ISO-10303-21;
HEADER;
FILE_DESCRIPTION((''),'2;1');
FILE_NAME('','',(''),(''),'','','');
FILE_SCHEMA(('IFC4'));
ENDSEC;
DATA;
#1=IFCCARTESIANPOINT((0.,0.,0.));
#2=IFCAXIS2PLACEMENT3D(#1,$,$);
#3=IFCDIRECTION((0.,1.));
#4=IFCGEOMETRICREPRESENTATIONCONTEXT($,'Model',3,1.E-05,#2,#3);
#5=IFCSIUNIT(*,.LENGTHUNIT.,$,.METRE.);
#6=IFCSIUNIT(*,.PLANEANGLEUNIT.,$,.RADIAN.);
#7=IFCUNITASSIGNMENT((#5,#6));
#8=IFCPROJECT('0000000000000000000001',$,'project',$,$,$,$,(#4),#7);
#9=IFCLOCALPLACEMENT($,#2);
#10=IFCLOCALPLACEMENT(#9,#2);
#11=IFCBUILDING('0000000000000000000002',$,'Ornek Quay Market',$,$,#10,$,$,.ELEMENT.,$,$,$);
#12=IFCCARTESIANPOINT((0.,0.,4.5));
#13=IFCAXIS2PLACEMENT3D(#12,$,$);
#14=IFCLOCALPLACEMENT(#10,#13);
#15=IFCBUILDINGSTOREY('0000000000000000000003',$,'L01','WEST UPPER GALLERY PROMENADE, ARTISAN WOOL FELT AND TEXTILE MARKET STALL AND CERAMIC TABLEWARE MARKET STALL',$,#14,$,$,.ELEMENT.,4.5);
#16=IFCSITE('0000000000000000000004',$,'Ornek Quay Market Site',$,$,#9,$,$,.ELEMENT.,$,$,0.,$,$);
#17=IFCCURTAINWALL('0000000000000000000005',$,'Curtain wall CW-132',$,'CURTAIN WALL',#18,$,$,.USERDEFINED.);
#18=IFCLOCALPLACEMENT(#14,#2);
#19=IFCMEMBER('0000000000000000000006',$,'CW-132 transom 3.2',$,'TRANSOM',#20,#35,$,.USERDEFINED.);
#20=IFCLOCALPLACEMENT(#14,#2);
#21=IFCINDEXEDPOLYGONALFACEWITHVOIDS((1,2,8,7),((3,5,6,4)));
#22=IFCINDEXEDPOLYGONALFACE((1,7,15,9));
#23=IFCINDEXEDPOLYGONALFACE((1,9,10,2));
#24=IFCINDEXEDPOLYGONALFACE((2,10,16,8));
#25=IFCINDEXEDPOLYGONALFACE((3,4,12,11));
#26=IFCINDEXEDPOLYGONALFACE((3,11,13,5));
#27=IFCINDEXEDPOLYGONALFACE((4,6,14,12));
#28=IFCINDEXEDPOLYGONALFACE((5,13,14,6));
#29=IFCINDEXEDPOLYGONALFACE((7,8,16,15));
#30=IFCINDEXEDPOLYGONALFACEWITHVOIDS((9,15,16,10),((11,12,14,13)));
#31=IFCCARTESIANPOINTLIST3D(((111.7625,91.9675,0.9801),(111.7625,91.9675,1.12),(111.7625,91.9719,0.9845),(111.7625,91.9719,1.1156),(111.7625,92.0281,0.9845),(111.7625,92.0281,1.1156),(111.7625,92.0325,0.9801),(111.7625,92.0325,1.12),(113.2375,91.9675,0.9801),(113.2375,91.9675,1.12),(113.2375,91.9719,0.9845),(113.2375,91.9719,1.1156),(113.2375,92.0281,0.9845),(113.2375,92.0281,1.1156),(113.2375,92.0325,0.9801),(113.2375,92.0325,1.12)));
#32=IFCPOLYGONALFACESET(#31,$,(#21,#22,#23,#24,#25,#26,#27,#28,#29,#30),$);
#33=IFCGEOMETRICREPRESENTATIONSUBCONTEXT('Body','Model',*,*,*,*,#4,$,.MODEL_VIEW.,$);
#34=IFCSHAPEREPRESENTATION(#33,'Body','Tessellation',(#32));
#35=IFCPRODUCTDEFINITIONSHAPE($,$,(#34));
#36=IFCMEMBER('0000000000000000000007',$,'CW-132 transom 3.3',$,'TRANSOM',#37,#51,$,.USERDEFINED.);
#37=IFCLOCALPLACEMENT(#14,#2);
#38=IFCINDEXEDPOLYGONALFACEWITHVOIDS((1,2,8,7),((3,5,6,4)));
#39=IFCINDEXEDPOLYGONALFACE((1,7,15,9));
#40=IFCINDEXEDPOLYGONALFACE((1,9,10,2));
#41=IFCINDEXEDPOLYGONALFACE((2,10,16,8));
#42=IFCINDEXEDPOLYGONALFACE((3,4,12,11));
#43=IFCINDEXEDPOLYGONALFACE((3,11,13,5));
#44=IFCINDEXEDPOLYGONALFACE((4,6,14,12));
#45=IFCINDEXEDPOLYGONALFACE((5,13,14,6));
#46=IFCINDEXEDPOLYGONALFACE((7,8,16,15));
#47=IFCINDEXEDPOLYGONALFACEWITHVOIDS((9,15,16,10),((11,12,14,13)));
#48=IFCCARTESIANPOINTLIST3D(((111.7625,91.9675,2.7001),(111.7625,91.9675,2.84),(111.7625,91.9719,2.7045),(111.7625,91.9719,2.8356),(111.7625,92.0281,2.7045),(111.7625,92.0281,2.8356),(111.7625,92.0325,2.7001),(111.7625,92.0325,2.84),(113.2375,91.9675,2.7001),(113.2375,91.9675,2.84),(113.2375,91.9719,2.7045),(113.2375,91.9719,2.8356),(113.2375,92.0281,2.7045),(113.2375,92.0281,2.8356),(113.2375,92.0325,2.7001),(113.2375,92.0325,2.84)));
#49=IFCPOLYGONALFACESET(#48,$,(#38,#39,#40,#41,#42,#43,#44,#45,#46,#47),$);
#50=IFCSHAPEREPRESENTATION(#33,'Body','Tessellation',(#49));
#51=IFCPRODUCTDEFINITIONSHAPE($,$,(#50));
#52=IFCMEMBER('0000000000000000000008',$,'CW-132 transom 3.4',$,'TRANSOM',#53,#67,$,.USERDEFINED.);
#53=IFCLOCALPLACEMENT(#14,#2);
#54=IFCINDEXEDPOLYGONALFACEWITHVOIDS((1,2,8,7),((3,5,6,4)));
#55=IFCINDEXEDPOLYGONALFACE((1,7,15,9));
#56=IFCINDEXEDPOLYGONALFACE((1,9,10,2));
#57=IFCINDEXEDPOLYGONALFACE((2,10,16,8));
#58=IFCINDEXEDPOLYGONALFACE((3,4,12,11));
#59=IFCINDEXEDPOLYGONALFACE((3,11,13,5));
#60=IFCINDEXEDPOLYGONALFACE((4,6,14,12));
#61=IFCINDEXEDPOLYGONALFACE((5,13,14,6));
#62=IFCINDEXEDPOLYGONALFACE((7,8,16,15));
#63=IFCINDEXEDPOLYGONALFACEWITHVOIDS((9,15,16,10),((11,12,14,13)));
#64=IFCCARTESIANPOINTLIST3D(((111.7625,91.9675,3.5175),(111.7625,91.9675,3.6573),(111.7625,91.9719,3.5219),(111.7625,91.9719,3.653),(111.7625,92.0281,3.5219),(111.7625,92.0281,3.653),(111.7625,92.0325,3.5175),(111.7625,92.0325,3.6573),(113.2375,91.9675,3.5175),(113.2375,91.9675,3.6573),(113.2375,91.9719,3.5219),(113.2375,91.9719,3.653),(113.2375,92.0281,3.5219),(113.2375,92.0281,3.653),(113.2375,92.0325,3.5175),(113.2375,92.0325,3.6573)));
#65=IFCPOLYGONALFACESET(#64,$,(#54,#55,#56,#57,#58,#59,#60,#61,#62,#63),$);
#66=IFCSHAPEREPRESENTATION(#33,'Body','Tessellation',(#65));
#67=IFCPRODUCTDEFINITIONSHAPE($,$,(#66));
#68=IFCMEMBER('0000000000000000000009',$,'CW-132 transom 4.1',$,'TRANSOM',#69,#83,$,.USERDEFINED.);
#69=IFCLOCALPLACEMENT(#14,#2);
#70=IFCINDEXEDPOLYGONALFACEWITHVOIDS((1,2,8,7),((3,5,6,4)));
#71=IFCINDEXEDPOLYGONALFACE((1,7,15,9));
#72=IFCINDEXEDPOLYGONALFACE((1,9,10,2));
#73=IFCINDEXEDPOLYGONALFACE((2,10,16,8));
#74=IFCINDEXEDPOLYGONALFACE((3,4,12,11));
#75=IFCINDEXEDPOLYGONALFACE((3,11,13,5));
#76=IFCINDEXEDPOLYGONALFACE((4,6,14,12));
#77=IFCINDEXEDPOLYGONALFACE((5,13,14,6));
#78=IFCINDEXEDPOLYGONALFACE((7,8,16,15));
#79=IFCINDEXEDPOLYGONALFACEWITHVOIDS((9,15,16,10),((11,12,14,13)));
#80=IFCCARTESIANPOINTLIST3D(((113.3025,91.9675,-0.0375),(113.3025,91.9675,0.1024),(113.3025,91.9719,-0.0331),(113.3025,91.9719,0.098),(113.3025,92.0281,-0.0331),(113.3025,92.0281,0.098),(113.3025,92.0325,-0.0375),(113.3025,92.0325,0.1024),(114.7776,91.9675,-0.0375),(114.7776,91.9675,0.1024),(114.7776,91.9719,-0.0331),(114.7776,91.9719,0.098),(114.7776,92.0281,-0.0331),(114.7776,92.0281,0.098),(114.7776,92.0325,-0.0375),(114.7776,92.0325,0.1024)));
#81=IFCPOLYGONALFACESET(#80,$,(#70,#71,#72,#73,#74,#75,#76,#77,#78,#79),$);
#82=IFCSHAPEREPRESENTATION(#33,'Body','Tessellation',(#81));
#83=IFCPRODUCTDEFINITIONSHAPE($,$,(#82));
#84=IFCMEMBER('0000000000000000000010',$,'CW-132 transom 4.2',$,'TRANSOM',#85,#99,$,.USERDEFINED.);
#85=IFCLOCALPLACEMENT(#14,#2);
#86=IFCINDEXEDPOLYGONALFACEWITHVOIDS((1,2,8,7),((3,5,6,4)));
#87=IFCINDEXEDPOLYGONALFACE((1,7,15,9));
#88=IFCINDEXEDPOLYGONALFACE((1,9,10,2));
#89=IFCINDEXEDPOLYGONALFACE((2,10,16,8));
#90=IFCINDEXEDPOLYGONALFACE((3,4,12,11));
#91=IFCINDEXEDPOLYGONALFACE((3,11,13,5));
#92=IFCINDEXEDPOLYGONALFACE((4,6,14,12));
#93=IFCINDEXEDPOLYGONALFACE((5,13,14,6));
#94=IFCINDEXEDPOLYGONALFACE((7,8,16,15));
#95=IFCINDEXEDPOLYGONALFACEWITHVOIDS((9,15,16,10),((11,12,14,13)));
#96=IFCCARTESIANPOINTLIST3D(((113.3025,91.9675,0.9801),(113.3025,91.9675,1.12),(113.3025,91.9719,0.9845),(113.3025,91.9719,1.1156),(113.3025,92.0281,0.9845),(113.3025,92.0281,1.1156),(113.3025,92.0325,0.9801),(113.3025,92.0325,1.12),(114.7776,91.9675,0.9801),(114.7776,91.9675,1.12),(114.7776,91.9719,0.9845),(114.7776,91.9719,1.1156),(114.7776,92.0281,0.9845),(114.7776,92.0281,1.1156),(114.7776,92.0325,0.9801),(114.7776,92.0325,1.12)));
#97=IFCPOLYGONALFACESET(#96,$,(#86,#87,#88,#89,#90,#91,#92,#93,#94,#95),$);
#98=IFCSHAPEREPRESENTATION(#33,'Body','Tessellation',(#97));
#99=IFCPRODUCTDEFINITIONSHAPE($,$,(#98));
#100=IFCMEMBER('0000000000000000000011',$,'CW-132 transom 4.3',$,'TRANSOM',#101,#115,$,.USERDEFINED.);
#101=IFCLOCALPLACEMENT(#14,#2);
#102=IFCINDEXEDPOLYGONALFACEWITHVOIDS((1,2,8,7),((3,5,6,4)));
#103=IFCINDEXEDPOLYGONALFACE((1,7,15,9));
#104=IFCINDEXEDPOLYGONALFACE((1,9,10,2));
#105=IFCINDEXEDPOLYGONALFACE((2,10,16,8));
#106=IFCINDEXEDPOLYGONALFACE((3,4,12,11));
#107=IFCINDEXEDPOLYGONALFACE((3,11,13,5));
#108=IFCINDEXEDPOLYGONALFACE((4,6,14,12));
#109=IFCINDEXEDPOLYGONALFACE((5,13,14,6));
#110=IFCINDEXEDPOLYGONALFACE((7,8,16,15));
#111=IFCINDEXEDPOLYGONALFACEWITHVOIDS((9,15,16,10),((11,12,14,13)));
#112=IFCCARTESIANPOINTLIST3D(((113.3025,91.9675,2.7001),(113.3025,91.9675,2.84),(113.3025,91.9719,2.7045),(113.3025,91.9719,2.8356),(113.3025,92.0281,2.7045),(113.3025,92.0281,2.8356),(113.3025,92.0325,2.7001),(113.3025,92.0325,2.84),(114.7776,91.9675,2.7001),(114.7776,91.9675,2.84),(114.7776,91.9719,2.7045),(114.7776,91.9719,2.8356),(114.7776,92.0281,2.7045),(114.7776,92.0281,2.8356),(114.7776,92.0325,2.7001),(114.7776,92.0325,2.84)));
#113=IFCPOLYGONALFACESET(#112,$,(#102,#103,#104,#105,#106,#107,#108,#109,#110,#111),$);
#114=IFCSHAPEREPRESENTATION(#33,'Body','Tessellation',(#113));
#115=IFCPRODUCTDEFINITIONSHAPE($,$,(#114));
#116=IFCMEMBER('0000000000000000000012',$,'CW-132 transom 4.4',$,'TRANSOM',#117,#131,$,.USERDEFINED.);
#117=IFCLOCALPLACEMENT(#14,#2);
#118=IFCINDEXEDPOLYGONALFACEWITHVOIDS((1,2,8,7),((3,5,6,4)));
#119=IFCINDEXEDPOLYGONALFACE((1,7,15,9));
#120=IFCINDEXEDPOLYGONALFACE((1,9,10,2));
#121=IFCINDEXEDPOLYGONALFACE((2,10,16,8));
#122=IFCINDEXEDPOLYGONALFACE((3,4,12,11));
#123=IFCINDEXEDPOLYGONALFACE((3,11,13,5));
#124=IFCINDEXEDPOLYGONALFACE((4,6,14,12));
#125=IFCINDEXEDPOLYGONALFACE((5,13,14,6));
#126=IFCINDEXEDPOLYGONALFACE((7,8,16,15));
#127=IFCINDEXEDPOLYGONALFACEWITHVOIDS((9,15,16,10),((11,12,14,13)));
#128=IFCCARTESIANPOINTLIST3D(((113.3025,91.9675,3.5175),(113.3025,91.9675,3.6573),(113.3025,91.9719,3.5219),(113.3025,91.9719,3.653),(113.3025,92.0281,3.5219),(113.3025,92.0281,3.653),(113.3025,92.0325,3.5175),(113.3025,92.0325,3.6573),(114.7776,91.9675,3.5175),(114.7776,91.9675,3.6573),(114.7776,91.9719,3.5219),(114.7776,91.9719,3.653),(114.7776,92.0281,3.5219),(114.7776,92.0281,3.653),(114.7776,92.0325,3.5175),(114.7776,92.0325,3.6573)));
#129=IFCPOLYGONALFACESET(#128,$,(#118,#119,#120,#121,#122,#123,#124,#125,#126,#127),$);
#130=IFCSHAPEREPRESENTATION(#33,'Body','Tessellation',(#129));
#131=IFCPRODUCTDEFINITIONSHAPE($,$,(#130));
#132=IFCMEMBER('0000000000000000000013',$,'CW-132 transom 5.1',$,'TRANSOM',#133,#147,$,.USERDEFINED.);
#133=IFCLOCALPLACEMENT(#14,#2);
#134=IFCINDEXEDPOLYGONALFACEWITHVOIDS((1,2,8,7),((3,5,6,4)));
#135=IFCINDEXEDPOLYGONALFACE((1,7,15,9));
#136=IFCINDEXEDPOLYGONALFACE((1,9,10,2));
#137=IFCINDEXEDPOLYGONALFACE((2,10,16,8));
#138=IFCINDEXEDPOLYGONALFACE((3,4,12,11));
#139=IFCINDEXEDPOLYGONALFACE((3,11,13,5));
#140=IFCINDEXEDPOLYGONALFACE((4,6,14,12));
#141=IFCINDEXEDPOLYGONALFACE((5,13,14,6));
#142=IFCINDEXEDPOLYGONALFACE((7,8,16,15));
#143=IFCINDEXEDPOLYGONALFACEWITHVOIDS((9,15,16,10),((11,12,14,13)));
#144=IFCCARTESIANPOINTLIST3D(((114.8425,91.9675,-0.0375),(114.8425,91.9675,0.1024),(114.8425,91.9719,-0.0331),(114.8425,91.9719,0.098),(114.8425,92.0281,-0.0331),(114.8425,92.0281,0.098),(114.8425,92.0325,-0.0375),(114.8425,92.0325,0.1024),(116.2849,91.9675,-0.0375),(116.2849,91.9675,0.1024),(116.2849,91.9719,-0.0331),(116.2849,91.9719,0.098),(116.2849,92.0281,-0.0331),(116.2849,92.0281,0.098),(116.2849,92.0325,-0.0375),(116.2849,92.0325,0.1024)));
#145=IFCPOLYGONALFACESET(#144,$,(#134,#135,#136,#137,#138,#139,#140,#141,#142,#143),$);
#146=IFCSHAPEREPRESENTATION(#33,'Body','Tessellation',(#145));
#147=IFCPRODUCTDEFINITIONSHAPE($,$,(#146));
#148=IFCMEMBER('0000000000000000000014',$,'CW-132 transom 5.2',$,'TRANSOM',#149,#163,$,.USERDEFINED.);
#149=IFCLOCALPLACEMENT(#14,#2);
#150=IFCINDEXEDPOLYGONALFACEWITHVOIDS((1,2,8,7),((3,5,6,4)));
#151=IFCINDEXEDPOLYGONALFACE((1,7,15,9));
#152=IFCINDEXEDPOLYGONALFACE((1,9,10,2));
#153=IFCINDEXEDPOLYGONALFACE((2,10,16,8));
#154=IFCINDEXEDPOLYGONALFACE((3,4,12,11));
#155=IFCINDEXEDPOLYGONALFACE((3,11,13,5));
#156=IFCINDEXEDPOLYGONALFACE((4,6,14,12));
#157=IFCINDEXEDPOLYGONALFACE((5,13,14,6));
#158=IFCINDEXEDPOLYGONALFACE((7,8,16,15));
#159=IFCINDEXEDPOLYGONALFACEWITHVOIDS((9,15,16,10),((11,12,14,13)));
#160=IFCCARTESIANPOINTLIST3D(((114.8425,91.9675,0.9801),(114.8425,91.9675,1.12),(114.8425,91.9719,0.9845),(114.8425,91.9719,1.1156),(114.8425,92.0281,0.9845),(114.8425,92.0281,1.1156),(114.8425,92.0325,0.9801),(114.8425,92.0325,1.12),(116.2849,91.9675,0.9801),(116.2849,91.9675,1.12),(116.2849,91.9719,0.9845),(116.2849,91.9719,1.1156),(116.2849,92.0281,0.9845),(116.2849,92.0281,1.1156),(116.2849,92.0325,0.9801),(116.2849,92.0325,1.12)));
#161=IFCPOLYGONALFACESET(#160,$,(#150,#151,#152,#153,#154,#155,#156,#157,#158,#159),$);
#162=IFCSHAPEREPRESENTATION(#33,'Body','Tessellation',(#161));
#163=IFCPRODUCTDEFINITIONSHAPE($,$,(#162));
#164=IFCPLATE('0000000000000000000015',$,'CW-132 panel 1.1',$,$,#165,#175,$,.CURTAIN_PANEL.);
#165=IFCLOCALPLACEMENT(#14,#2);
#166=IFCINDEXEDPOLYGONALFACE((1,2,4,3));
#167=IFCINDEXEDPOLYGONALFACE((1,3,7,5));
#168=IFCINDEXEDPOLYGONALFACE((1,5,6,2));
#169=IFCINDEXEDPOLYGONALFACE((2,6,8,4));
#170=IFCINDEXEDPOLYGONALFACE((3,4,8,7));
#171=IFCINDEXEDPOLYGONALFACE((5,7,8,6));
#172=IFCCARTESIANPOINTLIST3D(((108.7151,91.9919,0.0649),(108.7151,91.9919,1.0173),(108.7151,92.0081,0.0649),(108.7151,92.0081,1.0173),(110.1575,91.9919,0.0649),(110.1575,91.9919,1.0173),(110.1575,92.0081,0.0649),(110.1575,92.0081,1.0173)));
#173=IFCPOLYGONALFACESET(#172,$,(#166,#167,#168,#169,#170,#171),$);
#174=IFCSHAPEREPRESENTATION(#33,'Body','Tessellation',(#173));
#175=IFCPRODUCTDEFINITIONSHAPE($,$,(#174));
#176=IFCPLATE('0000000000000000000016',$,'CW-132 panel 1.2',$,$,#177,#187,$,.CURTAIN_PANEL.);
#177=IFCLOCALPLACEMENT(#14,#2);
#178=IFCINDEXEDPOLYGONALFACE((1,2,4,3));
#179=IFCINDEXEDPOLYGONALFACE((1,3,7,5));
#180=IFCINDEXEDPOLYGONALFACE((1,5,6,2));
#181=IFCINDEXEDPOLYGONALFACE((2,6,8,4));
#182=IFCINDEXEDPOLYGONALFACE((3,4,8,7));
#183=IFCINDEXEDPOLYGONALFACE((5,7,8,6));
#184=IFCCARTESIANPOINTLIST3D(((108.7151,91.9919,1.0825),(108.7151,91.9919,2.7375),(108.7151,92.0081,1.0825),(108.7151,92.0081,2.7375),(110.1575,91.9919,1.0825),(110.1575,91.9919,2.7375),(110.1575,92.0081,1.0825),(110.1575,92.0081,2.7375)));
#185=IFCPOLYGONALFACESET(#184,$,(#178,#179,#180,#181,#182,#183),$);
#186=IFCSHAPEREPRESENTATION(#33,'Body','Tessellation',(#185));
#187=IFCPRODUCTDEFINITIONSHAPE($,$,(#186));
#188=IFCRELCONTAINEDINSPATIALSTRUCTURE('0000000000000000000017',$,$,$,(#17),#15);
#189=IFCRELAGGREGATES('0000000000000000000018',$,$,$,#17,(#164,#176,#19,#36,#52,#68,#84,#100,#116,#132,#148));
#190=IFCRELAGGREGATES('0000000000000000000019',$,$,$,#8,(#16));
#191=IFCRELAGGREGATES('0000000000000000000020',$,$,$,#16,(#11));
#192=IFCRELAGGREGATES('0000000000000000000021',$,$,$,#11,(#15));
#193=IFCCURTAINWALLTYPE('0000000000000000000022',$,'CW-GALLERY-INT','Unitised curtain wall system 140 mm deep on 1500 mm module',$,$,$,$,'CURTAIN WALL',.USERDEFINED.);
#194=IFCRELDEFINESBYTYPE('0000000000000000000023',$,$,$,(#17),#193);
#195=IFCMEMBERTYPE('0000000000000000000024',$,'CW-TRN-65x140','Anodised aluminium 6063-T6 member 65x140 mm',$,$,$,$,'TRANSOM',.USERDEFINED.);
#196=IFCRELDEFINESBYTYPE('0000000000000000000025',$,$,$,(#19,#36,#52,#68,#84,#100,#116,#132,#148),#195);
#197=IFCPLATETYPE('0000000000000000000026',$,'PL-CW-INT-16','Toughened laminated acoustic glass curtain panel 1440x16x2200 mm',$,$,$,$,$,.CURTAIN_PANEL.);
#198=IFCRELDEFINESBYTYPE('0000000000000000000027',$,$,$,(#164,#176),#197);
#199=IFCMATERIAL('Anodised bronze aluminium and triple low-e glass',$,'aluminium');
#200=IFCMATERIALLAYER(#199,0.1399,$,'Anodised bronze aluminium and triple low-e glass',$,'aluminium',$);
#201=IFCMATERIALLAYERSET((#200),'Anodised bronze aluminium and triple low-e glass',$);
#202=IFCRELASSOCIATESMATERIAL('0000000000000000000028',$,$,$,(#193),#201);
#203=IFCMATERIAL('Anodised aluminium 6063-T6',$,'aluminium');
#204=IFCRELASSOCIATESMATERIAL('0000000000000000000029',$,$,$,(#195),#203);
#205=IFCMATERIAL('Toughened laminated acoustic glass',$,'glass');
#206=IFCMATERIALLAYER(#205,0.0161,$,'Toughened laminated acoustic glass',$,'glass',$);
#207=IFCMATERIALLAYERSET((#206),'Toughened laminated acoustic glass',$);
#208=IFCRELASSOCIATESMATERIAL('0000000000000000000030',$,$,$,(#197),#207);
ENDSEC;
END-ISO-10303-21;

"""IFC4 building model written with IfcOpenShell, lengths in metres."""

from ifc_helpers import new_model, si_unit, direction, frame, origin, origin_2d, place, context, subcontext, project, spatial, rectangle, hollow_rectangle, extrude, material, layer, layer_set, material_profile, profile_set, type_object, element, aggregate, save


model = new_model("IFC4")

# Units and contexts
model_context = context("Model", 3, precision=1e-05, world=origin(), true_north=direction((0.0, 1.0)))
body_context = subcontext(model_context, "Body", "Model", "MODEL_VIEW")
ifc_project = project(units=[si_unit("LENGTHUNIT", "METRE"), si_unit("PLANEANGLEUNIT", "RADIAN")], contexts=[model_context])

# Site, building, storey
site_placement = place(None, origin())
site = spatial("IfcSite", under=ifc_project, at=site_placement, Name="Ornek Quay Market Site", CompositionType="ELEMENT", RefElevation=0.0)
building_placement = place(site_placement, origin())
building = spatial("IfcBuilding", under=site, at=building_placement, Name="Ornek Quay Market", CompositionType="ELEMENT")
storey_placement = place(building_placement, frame((0.0, 0.0, 4.5)))
storey = spatial("IfcBuildingStorey", under=building, at=storey_placement, Name="L01", Description="WEST UPPER GALLERY PROMENADE, ARTISAN WOOL FELT AND TEXTILE MARKET STALL AND CERAMIC TABLEWARE MARKET STALL", CompositionType="ELEMENT", Elevation=4.5)

# Curtain wall, members, plates
ifc_material_1 = material(Name="Anodised bronze aluminium and triple low-e glass", Category="aluminium")
ifc_layer_1 = layer(ifc_material_1, 0.1399, Name="Anodised bronze aluminium and triple low-e glass", Category="aluminium")
ifc_layer_set_1 = layer_set([ifc_layer_1], Name="Anodised bronze aluminium and triple low-e glass")
curtain_wall_type = type_object("IfcCurtainWallType", Name="CW-GALLERY-INT", Description="Unitised curtain wall system 140 mm deep on 1500 mm module", ElementType="CURTAIN WALL", PredefinedType="USERDEFINED", material=ifc_layer_set_1)
curtain_wall_placement = place(storey_placement, origin())
curtain_wall = element("IfcCurtainWall", 1, at=curtain_wall_placement, inside=storey, type_object=curtain_wall_type, Name="Curtain wall CW-132", ObjectType="CURTAIN WALL", PredefinedType="USERDEFINED")
ifc_material_2 = material(Name="Anodised aluminium 6063-T6", Category="aluminium")
ifc_material_profile_1 = material_profile(ifc_material_2, hollow_rectangle(XDim=0.0649, YDim=0.1399, WallThickness=0.0044, at=origin_2d()), Name="CW-TRN-65x140", Category="aluminium")
ifc_profile_set_1 = profile_set([ifc_material_profile_1], Name="Anodised aluminium 6063-T6")
member_type_1 = type_object("IfcMemberType", Name="CW-TRN-65x140", Description="Anodised aluminium 6063-T6 member 65x140 mm", ElementType="TRANSOM", PredefinedType="USERDEFINED", material=ifc_profile_set_1)
member_1_placement = place(storey_placement, frame((111.7625, 92.0, 1.05), z_axis=(1.0, 0.0, 0.0), x_axis=(0.0, 1.0, 0.0)))
member_1 = element("IfcMember", 2, at=member_1_placement, type_object=member_type_1, Name="CW-132 transom 3.2", ObjectType="TRANSOM", PredefinedType="USERDEFINED", context=body_context, shape_type="SweptSolid", body=[
    extrude(hollow_rectangle(XDim=0.0649, YDim=0.1399, WallThickness=0.0044, at=origin_2d()), origin(), (0.0, 0.0, 1.0), 1.4751),
])
member_2_placement = place(storey_placement, frame((111.7625, 92.0, 2.77), z_axis=(1.0, 0.0, 0.0), x_axis=(0.0, 1.0, 0.0)))
member_2 = element("IfcMember", 3, at=member_2_placement, type_object=member_type_1, Name="CW-132 transom 3.3", ObjectType="TRANSOM", PredefinedType="USERDEFINED", context=body_context, shape_type="SweptSolid", body=[
    extrude(hollow_rectangle(XDim=0.0649, YDim=0.1399, WallThickness=0.0044, at=origin_2d()), origin(), (0.0, 0.0, 1.0), 1.4751),
])
member_3_placement = place(storey_placement, frame((111.7625, 92.0, 3.5874), z_axis=(1.0, 0.0, 0.0), x_axis=(0.0, 1.0, 0.0)))
member_3 = element("IfcMember", 4, at=member_3_placement, type_object=member_type_1, Name="CW-132 transom 3.4", ObjectType="TRANSOM", PredefinedType="USERDEFINED", context=body_context, shape_type="SweptSolid", body=[
    extrude(hollow_rectangle(XDim=0.0649, YDim=0.1399, WallThickness=0.0044, at=origin_2d()), origin(), (0.0, 0.0, 1.0), 1.4751),
])
member_4_placement = place(storey_placement, frame((113.3025, 92.0, 0.0325), z_axis=(1.0, 0.0, 0.0), x_axis=(0.0, 1.0, 0.0)))
member_4 = element("IfcMember", 5, at=member_4_placement, type_object=member_type_1, Name="CW-132 transom 4.1", ObjectType="TRANSOM", PredefinedType="USERDEFINED", context=body_context, shape_type="SweptSolid", body=[
    extrude(hollow_rectangle(XDim=0.0649, YDim=0.1399, WallThickness=0.0044, at=origin_2d()), origin(), (0.0, 0.0, 1.0), 1.4751),
])
member_5_placement = place(storey_placement, frame((113.3025, 92.0, 1.05), z_axis=(1.0, 0.0, 0.0), x_axis=(0.0, 1.0, 0.0)))
member_5 = element("IfcMember", 6, at=member_5_placement, type_object=member_type_1, Name="CW-132 transom 4.2", ObjectType="TRANSOM", PredefinedType="USERDEFINED", context=body_context, shape_type="SweptSolid", body=[
    extrude(hollow_rectangle(XDim=0.0649, YDim=0.1399, WallThickness=0.0044, at=origin_2d()), origin(), (0.0, 0.0, 1.0), 1.4751),
])
member_6_placement = place(storey_placement, frame((113.3025, 92.0, 2.77), z_axis=(1.0, 0.0, 0.0), x_axis=(0.0, 1.0, 0.0)))
member_6 = element("IfcMember", 7, at=member_6_placement, type_object=member_type_1, Name="CW-132 transom 4.3", ObjectType="TRANSOM", PredefinedType="USERDEFINED", context=body_context, shape_type="SweptSolid", body=[
    extrude(hollow_rectangle(XDim=0.0649, YDim=0.1399, WallThickness=0.0044, at=origin_2d()), origin(), (0.0, 0.0, 1.0), 1.4751),
])
member_7_placement = place(storey_placement, frame((113.3025, 92.0, 3.5874), z_axis=(1.0, 0.0, 0.0), x_axis=(0.0, 1.0, 0.0)))
member_7 = element("IfcMember", 8, at=member_7_placement, type_object=member_type_1, Name="CW-132 transom 4.4", ObjectType="TRANSOM", PredefinedType="USERDEFINED", context=body_context, shape_type="SweptSolid", body=[
    extrude(hollow_rectangle(XDim=0.0649, YDim=0.1399, WallThickness=0.0044, at=origin_2d()), origin(), (0.0, 0.0, 1.0), 1.4751),
])
member_8_placement = place(storey_placement, frame((114.8425, 92.0, 0.0325), z_axis=(1.0, 0.0, 0.0), x_axis=(0.0, 1.0, 0.0)))
member_8 = element("IfcMember", 9, at=member_8_placement, type_object=member_type_1, Name="CW-132 transom 5.1", ObjectType="TRANSOM", PredefinedType="USERDEFINED", context=body_context, shape_type="SweptSolid", body=[
    extrude(hollow_rectangle(XDim=0.0649, YDim=0.1399, WallThickness=0.0044, at=origin_2d()), origin(), (0.0, 0.0, 1.0), 1.4424),
])
member_9_placement = place(storey_placement, frame((114.8425, 92.0, 1.05), z_axis=(1.0, 0.0, 0.0), x_axis=(0.0, 1.0, 0.0)))
member_9 = element("IfcMember", 10, at=member_9_placement, type_object=member_type_1, Name="CW-132 transom 5.2", ObjectType="TRANSOM", PredefinedType="USERDEFINED", context=body_context, shape_type="SweptSolid", body=[
    extrude(hollow_rectangle(XDim=0.0649, YDim=0.1399, WallThickness=0.0044, at=origin_2d()), origin(), (0.0, 0.0, 1.0), 1.4424),
])
ifc_material_3 = material(Name="Toughened laminated acoustic glass", Category="glass")
ifc_layer_2 = layer(ifc_material_3, 0.0161, Name="Toughened laminated acoustic glass", Category="glass")
ifc_layer_set_2 = layer_set([ifc_layer_2], Name="Toughened laminated acoustic glass")
plate_type = type_object("IfcPlateType", Name="PL-CW-INT-16", Description="Toughened laminated acoustic glass curtain panel 1440x16x2200 mm", PredefinedType="CURTAIN_PANEL", material=ifc_layer_set_2)
plate_1_placement = place(storey_placement, frame((109.4363, 92.0, 0.0649), z_axis=(0.0, 0.0, 1.0), x_axis=(1.0, 0.0, 0.0)))
plate_1 = element("IfcPlate", 11, at=plate_1_placement, type_object=plate_type, Name="CW-132 panel 1.1", PredefinedType="CURTAIN_PANEL", context=body_context, shape_type="SweptSolid", body=[
    extrude(rectangle(XDim=1.4424, YDim=0.0161, at=origin_2d()), origin(), (0.0, 0.0, 1.0), 0.9524),
])
plate_2_placement = place(storey_placement, frame((109.4363, 92.0, 1.0825), z_axis=(0.0, 0.0, 1.0), x_axis=(1.0, 0.0, 0.0)))
plate_2 = element("IfcPlate", 12, at=plate_2_placement, type_object=plate_type, Name="CW-132 panel 1.2", PredefinedType="CURTAIN_PANEL", context=body_context, shape_type="SweptSolid", body=[
    extrude(rectangle(XDim=1.4424, YDim=0.0161, at=origin_2d()), origin(), (0.0, 0.0, 1.0), 1.655),
])
aggregate(curtain_wall, [plate_1, plate_2, member_1, member_2, member_3, member_4, member_5, member_6, member_7, member_8, member_9])

save(model, "model.ifc")
